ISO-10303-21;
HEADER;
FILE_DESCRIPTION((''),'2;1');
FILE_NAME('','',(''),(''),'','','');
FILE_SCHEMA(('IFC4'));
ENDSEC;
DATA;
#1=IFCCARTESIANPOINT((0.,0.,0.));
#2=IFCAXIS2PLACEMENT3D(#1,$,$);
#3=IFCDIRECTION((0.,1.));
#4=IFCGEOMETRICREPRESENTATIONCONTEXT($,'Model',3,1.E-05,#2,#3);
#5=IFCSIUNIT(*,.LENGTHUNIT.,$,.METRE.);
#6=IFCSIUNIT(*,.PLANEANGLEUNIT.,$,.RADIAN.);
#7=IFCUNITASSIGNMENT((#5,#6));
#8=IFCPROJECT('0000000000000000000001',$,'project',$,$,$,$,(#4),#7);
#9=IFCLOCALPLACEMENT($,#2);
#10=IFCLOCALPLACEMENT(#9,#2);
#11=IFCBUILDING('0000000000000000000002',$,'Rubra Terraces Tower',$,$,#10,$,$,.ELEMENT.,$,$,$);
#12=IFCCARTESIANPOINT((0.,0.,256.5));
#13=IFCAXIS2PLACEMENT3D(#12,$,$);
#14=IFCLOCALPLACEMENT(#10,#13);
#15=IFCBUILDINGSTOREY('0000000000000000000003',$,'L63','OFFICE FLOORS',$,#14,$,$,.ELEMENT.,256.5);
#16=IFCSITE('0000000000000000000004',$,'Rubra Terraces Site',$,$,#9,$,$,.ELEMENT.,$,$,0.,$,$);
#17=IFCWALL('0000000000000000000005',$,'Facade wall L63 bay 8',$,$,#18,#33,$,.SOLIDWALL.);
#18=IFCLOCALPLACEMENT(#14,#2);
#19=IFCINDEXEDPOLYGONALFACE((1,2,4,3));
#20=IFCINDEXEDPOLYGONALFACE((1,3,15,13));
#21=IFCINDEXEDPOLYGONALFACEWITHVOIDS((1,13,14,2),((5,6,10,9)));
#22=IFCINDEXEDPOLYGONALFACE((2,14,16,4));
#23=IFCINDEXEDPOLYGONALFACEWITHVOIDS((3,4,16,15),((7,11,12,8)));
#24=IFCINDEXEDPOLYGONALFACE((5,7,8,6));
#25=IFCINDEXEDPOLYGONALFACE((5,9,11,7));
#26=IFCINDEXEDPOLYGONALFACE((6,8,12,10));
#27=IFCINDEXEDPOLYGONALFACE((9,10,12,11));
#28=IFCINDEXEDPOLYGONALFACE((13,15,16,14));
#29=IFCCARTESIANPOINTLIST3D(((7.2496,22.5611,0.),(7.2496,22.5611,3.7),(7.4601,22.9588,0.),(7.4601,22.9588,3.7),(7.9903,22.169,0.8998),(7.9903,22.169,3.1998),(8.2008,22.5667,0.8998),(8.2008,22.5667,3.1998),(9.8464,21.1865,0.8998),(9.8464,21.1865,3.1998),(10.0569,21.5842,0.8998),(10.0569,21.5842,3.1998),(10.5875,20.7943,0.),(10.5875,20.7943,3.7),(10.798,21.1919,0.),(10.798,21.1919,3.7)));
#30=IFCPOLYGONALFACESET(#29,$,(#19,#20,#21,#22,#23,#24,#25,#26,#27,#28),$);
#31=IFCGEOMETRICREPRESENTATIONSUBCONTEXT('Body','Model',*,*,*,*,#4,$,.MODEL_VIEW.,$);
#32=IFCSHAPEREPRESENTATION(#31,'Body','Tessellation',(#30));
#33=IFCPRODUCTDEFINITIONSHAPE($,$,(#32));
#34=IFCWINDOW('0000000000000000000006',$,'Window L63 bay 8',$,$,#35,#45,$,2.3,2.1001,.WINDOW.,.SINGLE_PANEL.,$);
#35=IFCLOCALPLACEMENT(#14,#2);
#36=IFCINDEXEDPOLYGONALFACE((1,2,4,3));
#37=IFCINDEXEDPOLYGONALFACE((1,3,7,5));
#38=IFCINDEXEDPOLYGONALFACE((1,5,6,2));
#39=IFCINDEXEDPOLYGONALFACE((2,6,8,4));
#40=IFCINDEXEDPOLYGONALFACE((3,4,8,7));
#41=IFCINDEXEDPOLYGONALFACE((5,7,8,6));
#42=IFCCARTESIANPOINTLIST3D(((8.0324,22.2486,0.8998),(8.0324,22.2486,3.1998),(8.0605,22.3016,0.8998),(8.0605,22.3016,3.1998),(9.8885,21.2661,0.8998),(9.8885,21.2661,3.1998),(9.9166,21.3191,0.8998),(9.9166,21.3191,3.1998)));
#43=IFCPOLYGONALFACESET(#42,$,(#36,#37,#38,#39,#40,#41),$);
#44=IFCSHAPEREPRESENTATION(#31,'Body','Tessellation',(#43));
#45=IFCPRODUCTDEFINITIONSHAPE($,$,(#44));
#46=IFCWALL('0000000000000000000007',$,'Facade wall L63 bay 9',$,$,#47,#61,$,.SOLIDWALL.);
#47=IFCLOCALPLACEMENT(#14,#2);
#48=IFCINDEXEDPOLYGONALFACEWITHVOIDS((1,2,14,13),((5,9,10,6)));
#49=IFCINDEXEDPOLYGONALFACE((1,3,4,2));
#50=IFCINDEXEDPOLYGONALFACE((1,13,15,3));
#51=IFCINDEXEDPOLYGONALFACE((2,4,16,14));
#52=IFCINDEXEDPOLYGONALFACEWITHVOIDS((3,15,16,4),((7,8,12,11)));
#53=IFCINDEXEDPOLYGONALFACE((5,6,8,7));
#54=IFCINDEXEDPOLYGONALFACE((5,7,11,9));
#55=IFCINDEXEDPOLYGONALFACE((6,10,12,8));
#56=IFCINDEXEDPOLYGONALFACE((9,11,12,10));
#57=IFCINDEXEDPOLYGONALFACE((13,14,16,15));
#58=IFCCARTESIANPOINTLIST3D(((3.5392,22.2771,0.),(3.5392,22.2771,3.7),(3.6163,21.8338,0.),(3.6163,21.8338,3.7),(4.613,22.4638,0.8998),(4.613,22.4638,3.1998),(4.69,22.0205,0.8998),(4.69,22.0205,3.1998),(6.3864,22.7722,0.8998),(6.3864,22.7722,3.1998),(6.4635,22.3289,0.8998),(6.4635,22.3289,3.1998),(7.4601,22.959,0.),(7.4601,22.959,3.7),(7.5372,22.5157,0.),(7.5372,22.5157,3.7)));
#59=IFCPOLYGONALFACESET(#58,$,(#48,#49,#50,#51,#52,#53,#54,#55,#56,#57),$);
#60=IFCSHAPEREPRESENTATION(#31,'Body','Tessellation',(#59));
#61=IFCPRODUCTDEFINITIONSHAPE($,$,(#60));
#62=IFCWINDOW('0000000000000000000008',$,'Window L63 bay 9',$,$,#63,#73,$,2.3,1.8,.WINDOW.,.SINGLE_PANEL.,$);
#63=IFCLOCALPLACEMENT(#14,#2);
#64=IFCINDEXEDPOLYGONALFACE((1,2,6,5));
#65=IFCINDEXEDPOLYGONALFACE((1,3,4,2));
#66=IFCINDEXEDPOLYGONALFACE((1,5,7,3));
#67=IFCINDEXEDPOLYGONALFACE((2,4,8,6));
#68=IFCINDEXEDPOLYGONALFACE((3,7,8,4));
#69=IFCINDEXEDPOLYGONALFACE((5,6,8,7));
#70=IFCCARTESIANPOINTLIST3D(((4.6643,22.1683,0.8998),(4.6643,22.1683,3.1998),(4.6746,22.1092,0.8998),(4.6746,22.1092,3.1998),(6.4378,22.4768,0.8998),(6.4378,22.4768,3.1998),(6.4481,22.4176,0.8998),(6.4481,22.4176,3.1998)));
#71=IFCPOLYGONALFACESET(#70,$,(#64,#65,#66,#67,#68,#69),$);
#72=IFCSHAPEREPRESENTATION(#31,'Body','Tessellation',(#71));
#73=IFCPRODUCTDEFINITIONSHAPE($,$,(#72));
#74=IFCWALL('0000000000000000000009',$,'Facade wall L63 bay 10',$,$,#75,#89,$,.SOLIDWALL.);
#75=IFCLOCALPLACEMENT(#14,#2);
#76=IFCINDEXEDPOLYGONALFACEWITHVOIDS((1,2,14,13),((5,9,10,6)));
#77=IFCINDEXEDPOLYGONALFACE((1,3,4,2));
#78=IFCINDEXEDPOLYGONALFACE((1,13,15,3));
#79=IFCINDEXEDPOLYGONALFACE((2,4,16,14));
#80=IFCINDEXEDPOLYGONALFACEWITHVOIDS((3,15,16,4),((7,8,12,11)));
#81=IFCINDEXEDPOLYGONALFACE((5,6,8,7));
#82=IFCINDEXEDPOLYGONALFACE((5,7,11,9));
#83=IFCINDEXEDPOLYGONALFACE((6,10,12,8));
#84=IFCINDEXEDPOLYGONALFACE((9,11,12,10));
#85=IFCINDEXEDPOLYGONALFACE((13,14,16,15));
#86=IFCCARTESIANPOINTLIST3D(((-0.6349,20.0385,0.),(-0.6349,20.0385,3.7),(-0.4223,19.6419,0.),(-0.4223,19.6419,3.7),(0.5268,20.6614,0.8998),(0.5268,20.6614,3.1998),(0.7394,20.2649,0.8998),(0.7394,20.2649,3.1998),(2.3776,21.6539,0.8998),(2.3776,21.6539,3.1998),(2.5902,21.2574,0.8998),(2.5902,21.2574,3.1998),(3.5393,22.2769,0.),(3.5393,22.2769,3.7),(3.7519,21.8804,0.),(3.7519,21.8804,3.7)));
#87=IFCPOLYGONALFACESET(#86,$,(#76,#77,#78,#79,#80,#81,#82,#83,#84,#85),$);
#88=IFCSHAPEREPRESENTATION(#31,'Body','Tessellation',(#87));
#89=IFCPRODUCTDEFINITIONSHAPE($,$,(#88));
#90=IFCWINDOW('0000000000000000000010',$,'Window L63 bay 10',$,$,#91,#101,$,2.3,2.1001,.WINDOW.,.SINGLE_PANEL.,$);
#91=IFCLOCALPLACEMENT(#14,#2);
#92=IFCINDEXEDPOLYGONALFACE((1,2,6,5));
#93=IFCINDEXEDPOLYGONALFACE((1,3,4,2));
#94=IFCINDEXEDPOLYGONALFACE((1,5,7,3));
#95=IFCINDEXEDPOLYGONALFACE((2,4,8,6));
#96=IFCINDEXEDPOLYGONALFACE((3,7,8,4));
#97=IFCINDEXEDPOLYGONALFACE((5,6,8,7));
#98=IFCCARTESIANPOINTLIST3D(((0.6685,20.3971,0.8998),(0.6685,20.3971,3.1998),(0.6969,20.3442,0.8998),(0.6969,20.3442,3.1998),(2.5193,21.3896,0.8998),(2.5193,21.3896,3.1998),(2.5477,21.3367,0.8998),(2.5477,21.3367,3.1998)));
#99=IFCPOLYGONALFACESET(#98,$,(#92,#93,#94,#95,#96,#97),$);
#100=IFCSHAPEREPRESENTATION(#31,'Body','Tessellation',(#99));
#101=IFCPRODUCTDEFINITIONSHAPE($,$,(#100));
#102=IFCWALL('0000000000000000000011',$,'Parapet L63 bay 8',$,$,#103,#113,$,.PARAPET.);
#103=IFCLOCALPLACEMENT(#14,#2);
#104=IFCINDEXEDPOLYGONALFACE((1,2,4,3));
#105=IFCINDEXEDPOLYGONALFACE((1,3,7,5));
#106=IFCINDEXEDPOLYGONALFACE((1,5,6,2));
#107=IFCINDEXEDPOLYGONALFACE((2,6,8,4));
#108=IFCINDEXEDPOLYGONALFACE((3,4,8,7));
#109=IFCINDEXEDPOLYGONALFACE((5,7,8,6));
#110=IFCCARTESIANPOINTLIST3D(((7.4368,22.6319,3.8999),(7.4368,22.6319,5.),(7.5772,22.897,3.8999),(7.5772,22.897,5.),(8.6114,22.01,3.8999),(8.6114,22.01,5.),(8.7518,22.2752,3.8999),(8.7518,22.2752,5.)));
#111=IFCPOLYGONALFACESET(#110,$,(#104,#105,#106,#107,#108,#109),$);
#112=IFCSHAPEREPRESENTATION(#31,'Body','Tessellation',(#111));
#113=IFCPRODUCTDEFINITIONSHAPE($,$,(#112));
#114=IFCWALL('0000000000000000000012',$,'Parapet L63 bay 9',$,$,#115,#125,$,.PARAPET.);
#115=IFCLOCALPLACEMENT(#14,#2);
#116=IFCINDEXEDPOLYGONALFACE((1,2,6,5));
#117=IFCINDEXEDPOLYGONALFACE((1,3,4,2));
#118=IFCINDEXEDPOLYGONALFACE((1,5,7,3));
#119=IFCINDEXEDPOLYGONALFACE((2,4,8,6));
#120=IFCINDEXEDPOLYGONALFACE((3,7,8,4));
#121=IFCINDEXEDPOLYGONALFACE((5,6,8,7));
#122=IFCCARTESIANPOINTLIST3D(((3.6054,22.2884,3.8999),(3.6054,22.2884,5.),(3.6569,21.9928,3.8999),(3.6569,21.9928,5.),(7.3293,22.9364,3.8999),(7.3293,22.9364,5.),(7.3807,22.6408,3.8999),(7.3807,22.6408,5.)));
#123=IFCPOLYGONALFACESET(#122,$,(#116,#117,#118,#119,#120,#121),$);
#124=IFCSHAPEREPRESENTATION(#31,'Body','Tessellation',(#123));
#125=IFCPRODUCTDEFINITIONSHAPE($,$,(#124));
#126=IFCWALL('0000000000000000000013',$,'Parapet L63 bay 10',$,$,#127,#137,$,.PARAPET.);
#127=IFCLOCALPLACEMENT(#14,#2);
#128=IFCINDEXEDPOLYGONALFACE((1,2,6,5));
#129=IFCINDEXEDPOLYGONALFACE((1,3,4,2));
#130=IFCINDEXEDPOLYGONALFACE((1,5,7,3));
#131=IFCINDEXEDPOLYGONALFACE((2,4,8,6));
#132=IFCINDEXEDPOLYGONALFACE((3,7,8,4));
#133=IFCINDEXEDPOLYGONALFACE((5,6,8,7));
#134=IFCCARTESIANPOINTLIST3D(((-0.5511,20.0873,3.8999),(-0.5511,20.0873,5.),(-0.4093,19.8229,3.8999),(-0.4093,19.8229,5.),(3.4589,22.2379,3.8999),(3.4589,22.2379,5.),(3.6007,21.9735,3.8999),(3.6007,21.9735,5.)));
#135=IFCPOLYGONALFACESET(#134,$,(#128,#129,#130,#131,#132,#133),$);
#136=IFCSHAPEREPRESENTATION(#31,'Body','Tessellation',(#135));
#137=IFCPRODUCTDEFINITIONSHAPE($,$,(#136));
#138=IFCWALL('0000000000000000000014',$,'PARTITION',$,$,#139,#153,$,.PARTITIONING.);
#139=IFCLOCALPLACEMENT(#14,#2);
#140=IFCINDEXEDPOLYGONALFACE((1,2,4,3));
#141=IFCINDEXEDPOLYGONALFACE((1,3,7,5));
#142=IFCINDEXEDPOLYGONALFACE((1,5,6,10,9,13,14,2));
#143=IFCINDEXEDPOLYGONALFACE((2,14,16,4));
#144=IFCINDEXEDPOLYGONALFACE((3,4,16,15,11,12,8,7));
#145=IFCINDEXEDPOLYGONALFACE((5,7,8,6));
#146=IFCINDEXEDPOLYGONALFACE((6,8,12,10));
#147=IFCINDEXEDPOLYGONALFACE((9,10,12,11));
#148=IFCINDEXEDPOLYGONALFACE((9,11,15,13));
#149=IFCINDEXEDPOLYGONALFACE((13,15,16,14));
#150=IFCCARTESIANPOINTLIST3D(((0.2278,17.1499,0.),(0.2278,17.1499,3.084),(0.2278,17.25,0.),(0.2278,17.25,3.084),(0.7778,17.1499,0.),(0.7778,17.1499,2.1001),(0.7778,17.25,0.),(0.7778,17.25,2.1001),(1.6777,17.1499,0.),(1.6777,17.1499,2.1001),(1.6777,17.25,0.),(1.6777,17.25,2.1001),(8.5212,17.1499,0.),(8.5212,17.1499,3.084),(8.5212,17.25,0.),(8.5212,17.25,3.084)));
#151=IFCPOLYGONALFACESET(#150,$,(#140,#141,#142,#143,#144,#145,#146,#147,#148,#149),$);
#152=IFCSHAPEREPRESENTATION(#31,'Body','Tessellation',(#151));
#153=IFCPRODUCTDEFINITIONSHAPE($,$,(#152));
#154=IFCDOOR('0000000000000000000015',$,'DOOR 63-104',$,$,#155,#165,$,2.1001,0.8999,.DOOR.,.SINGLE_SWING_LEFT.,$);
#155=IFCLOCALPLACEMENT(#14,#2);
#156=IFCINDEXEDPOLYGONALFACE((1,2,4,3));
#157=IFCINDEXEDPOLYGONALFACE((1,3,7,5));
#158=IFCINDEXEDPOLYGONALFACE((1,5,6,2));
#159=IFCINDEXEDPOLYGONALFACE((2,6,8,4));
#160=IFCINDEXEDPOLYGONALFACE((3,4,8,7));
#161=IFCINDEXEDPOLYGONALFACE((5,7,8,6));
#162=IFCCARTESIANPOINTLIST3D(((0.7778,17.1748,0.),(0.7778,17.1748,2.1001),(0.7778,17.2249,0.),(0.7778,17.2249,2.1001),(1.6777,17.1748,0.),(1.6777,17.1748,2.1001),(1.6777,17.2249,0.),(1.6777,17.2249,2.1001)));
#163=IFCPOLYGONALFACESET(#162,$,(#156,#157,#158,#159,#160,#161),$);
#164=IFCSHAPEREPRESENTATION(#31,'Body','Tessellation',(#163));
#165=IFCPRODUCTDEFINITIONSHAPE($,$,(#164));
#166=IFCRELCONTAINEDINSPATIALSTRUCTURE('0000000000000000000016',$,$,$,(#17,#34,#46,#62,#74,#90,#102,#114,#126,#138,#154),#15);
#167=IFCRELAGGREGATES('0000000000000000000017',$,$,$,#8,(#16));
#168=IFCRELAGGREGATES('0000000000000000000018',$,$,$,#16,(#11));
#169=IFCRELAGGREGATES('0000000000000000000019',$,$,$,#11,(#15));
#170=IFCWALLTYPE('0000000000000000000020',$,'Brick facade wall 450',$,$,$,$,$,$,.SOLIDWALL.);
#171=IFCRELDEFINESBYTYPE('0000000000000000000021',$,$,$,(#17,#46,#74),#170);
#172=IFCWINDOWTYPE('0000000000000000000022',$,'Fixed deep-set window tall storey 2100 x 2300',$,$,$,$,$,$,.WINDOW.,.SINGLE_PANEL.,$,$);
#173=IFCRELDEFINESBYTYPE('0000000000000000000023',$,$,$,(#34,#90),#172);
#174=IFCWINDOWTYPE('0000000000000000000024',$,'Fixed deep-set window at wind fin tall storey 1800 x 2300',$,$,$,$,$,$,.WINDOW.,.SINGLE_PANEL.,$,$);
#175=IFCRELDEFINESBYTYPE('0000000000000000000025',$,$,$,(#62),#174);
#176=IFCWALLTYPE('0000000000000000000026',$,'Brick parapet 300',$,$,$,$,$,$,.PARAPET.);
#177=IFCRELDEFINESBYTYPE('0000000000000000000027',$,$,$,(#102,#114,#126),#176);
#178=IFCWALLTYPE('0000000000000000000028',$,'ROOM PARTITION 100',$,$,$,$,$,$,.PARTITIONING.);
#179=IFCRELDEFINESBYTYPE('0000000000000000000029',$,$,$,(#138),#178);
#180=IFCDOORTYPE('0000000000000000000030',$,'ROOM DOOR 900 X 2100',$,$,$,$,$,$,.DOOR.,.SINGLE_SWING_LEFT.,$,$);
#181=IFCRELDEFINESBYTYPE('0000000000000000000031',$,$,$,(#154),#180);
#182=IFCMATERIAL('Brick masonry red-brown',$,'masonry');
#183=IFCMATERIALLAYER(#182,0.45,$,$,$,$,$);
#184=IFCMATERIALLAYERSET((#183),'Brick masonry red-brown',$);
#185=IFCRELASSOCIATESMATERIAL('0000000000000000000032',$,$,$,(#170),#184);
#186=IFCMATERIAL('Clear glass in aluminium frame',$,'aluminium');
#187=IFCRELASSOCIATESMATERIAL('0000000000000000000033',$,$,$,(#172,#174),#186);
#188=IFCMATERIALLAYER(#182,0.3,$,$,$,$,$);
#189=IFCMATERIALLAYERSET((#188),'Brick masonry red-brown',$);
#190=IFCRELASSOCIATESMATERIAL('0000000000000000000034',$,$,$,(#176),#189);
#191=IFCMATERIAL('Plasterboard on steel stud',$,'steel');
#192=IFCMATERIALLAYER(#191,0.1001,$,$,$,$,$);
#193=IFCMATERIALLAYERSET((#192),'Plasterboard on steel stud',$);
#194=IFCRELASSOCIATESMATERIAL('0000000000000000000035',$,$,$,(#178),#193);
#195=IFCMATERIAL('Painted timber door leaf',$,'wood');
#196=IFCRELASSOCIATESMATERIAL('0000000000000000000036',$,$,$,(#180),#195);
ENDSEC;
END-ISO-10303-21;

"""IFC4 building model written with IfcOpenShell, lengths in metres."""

from ifc_helpers import new_model, si_unit, direction, frame, frame_2d, origin, place, context, subcontext, project, spatial, rectangle, extrude, material, layer, layer_set, type_object, element, fill, save


model = new_model("IFC4")

# Units and contexts
model_context = context("Model", 3, precision=1e-05, world=origin(), true_north=direction((0.0, 1.0)))
body_context = subcontext(model_context, "Body", "Model", "MODEL_VIEW")
ifc_project = project(units=[si_unit("LENGTHUNIT", "METRE"), si_unit("PLANEANGLEUNIT", "RADIAN")], contexts=[model_context])

# Site, building, storey
site_placement = place(None, origin())
site = spatial("IfcSite", under=ifc_project, at=site_placement, Name="Rubra Terraces Site", CompositionType="ELEMENT", RefElevation=0.0)
building_placement = place(site_placement, origin())
building = spatial("IfcBuilding", under=site, at=building_placement, Name="Rubra Terraces Tower", CompositionType="ELEMENT")
storey_placement = place(building_placement, frame((0.0, 0.0, 256.5)))
storey = spatial("IfcBuildingStorey", under=building, at=storey_placement, Name="L63", Description="OFFICE FLOORS", CompositionType="ELEMENT", Elevation=256.5)

# Walls, openings, windows
ifc_material_1 = material(Name="Brick masonry red-brown", Category="masonry")
ifc_layer_1 = layer(ifc_material_1, 0.45)
ifc_layer_set_1 = layer_set([ifc_layer_1], Name="Brick masonry red-brown")
wall_type_1 = type_object("IfcWallType", Name="Brick facade wall 450", PredefinedType="SOLIDWALL", material=ifc_layer_set_1)
wall_1_placement = place(storey_placement, frame((10.6926, 20.9932, 0.0), z_axis=(0.0, 0.0, 1.0), x_axis=(-0.883818, 0.467831, 0.0)))
wall_1 = element("IfcWall", 1, at=wall_1_placement, inside=storey, type_object=wall_type_1, Name="Facade wall L63 bay 8", PredefinedType="SOLIDWALL", context=body_context, shape_type="SweptSolid", body=[
    extrude(rectangle(XDim=3.7766, YDim=0.45, at=frame_2d((1.8882, 0.0))), origin(), (0.0, 0.0, 1.0), 3.7),
])
opening_1_placement = place(wall_1_placement, frame((0.8384, 0.0, 0.8999)))
opening_1 = element("IfcOpeningElement", 2, at=opening_1_placement, cuts=wall_1, PredefinedType="OPENING", context=body_context, shape_type="SweptSolid", body=[
    extrude(rectangle(XDim=2.1001, YDim=2.3, at=frame_2d((1.05, 1.1499))), frame((0.0, 0.2349, 0.0), z_axis=(0.0, -1.0, 0.0), x_axis=(1.0, 0.0, 0.0)), (0.0, 0.0, 1.0), 0.47),
])
ifc_material_2 = material(Name="Clear glass in aluminium frame", Category="aluminium")
window_type_1 = type_object("IfcWindowType", Name="Fixed deep-set window tall storey 2100 x 2300", PartitioningType="SINGLE_PANEL", PredefinedType="WINDOW", material=ifc_material_2)
window_1_placement = place(opening_1_placement, origin())
window_1 = element("IfcWindow", 3, at=window_1_placement, inside=storey, type_object=window_type_1, Name="Window L63 bay 8", OverallHeight=2.3, OverallWidth=2.1001, PartitioningType="SINGLE_PANEL", PredefinedType="WINDOW", context=body_context, shape_type="SweptSolid", body=[
    extrude(rectangle(XDim=2.1001, YDim=2.3, at=frame_2d((1.05, 1.1499))), frame((0.0, 0.135, 0.0), z_axis=(0.0, -1.0, 0.0), x_axis=(1.0, 0.0, 0.0)), (0.0, 0.0, 1.0), 0.0601),
])
fill(opening_1, window_1)
wall_2_placement = place(storey_placement, frame((7.4985, 22.7373, 0.0), z_axis=(0.0, 0.0, 1.0), x_axis=(-0.985212, -0.171339, 0.0)))
wall_2 = element("IfcWall", 4, at=wall_2_placement, inside=storey, type_object=wall_type_1, Name="Facade wall L63 bay 9", PredefinedType="SOLIDWALL", context=body_context, shape_type="SweptSolid", body=[
    extrude(rectangle(XDim=3.9797, YDim=0.45, at=frame_2d((1.9897, 0.0))), origin(), (0.0, 0.0, 1.0), 3.7),
])
opening_2_placement = place(wall_2_placement, frame((1.0898, 0.0, 0.8999)))
opening_2 = element("IfcOpeningElement", 5, at=opening_2_placement, cuts=wall_2, PredefinedType="OPENING", context=body_context, shape_type="SweptSolid", body=[
    extrude(rectangle(XDim=1.8, YDim=2.3, at=frame_2d((0.8999, 1.1499))), frame((0.0, 0.2349, 0.0), z_axis=(0.0, -1.0, 0.0), x_axis=(1.0, 0.0, 0.0)), (0.0, 0.0, 1.0), 0.47),
])
window_type_2 = type_object("IfcWindowType", Name="Fixed deep-set window at wind fin tall storey 1800 x 2300", PartitioningType="SINGLE_PANEL", PredefinedType="WINDOW", material=ifc_material_2)
window_2_placement = place(opening_2_placement, origin())
window_2 = element("IfcWindow", 6, at=window_2_placement, inside=storey, type_object=window_type_2, Name="Window L63 bay 9", OverallHeight=2.3, OverallWidth=1.8, PartitioningType="SINGLE_PANEL", PredefinedType="WINDOW", context=body_context, shape_type="SweptSolid", body=[
    extrude(rectangle(XDim=1.8, YDim=2.3, at=frame_2d((0.8999, 1.1499))), frame((0.0, 0.135, 0.0), z_axis=(0.0, -1.0, 0.0), x_axis=(1.0, 0.0, 0.0)), (0.0, 0.0, 1.0), 0.0601),
])
fill(opening_2, window_2)
wall_3_placement = place(storey_placement, frame((3.6455, 22.0786, 0.0), z_axis=(0.0, 0.0, 1.0), x_axis=(-0.881279, -0.472596, 0.0)))
wall_3 = element("IfcWall", 7, at=wall_3_placement, inside=storey, type_object=wall_type_1, Name="Facade wall L63 bay 10", PredefinedType="SOLIDWALL", context=body_context, shape_type="SweptSolid", body=[
    extrude(rectangle(XDim=4.7366, YDim=0.45, at=frame_2d((2.3682, 0.0))), origin(), (0.0, 0.0, 1.0), 3.7),
])
opening_3_placement = place(wall_3_placement, frame((1.3181, 0.0, 0.8999)))
opening_3 = element("IfcOpeningElement", 8, at=opening_3_placement, cuts=wall_3, PredefinedType="OPENING", context=body_context, shape_type="SweptSolid", body=[
    extrude(rectangle(XDim=2.1001, YDim=2.3, at=frame_2d((1.05, 1.1499))), frame((0.0, 0.2349, 0.0), z_axis=(0.0, -1.0, 0.0), x_axis=(1.0, 0.0, 0.0)), (0.0, 0.0, 1.0), 0.47),
])
window_3_placement = place(opening_3_placement, origin())
window_3 = element("IfcWindow", 9, at=window_3_placement, inside=storey, type_object=window_type_1, Name="Window L63 bay 10", OverallHeight=2.3, OverallWidth=2.1001, PartitioningType="SINGLE_PANEL", PredefinedType="WINDOW", context=body_context, shape_type="SweptSolid", body=[
    extrude(rectangle(XDim=2.1001, YDim=2.3, at=frame_2d((1.05, 1.1499))), frame((0.0, 0.135, 0.0), z_axis=(0.0, -1.0, 0.0), x_axis=(1.0, 0.0, 0.0)), (0.0, 0.0, 1.0), 0.0601),
])
fill(opening_3, window_3)

# Walls
ifc_layer_2 = layer(ifc_material_1, 0.3)
ifc_layer_set_2 = layer_set([ifc_layer_2], Name="Brick masonry red-brown")
wall_type_2 = type_object("IfcWallType", Name="Brick parapet 300", PredefinedType="PARAPET", material=ifc_layer_set_2)
wall_4_placement = place(storey_placement, frame((8.6816, 22.1426, 3.8999), z_axis=(0.0, 0.0, 1.0), x_axis=(-0.883788, 0.467888, 0.0)))
element("IfcWall", 10, at=wall_4_placement, inside=storey, type_object=wall_type_2, Name="Parapet L63 bay 8", PredefinedType="PARAPET", context=body_context, shape_type="SweptSolid", body=[
    extrude(rectangle(XDim=1.3291, YDim=0.3, at=frame_2d((0.6646, 0.0))), origin(), (0.0, 0.0, 1.0), 1.1001),
])
wall_5_placement = place(storey_placement, frame((7.355, 22.7886, 3.8999), z_axis=(0.0, 0.0, 1.0), x_axis=(-0.985198, -0.171423, 0.0)))
element("IfcWall", 11, at=wall_5_placement, inside=storey, type_object=wall_type_2, Name="Parapet L63 bay 9", PredefinedType="PARAPET", context=body_context, shape_type="SweptSolid", body=[
    extrude(rectangle(XDim=3.7798, YDim=0.3, at=frame_2d((1.8899, 0.0))), origin(), (0.0, 0.0, 1.0), 1.1001),
])
wall_6_placement = place(storey_placement, frame((3.5298, 22.1057, 3.8999), z_axis=(0.0, 0.0, 1.0), x_axis=(-0.881259, -0.472634, 0.0)))
element("IfcWall", 12, at=wall_6_placement, inside=storey, type_object=wall_type_2, Name="Parapet L63 bay 10", PredefinedType="PARAPET", context=body_context, shape_type="SweptSolid", body=[
    extrude(rectangle(XDim=4.5503, YDim=0.3, at=frame_2d((2.2751, 0.0))), origin(), (0.0, 0.0, 1.0), 1.1001),
])

# Wall, opening, door
ifc_material_3 = material(Name="Plasterboard on steel stud", Category="steel")
ifc_layer_3 = layer(ifc_material_3, 0.1001)
ifc_layer_set_3 = layer_set([ifc_layer_3], Name="Plasterboard on steel stud")
wall_type_3 = type_object("IfcWallType", Name="ROOM PARTITION 100", PredefinedType="PARTITIONING", material=ifc_layer_set_3)
wall_7_placement = place(storey_placement, frame((0.2278, 17.2, 0.0), z_axis=(0.0, 0.0, 1.0), x_axis=(1.0, 0.0, 0.0)))
wall_7 = element("IfcWall", 13, at=wall_7_placement, inside=storey, type_object=wall_type_3, Name="PARTITION", PredefinedType="PARTITIONING", context=body_context, shape_type="SweptSolid", body=[
    extrude(rectangle(XDim=8.2935, YDim=0.1001, at=frame_2d((4.1467, 0.0))), origin(), (0.0, 0.0, 1.0), 3.084),
])
opening_4_placement = place(wall_7_placement, frame((0.55, 0.0, 0.0)))
opening_4 = element("IfcOpeningElement", 14, at=opening_4_placement, cuts=wall_7, PredefinedType="OPENING", context=body_context, shape_type="SweptSolid", body=[
    extrude(rectangle(XDim=0.8999, YDim=2.1001, at=frame_2d((0.45, 1.05))), frame((0.0, 0.0601, 0.0), z_axis=(0.0, -1.0, 0.0), x_axis=(1.0, 0.0, 0.0)), (0.0, 0.0, 1.0), 0.1201),
])
ifc_material_4 = material(Name="Painted timber door leaf", Category="wood")
door_type_1 = type_object("IfcDoorType", Name="ROOM DOOR 900 X 2100", OperationType="SINGLE_SWING_LEFT", PredefinedType="DOOR", material=ifc_material_4)
door_1_placement = place(opening_4_placement, origin())
door_1 = element("IfcDoor", 15, at=door_1_placement, inside=storey, type_object=door_type_1, Name="DOOR 63-104", OperationType="SINGLE_SWING_LEFT", OverallHeight=2.1001, OverallWidth=0.8999, PredefinedType="DOOR", context=body_context, shape_type="SweptSolid", body=[
    extrude(rectangle(XDim=0.8999, YDim=2.1001, at=frame_2d((0.45, 1.05))), frame((0.0, 0.0249, 0.0), z_axis=(0.0, -1.0, 0.0), x_axis=(1.0, 0.0, 0.0)), (0.0, 0.0, 1.0), 0.05),
])
fill(opening_4, door_1)

save(model, "model.ifc")
